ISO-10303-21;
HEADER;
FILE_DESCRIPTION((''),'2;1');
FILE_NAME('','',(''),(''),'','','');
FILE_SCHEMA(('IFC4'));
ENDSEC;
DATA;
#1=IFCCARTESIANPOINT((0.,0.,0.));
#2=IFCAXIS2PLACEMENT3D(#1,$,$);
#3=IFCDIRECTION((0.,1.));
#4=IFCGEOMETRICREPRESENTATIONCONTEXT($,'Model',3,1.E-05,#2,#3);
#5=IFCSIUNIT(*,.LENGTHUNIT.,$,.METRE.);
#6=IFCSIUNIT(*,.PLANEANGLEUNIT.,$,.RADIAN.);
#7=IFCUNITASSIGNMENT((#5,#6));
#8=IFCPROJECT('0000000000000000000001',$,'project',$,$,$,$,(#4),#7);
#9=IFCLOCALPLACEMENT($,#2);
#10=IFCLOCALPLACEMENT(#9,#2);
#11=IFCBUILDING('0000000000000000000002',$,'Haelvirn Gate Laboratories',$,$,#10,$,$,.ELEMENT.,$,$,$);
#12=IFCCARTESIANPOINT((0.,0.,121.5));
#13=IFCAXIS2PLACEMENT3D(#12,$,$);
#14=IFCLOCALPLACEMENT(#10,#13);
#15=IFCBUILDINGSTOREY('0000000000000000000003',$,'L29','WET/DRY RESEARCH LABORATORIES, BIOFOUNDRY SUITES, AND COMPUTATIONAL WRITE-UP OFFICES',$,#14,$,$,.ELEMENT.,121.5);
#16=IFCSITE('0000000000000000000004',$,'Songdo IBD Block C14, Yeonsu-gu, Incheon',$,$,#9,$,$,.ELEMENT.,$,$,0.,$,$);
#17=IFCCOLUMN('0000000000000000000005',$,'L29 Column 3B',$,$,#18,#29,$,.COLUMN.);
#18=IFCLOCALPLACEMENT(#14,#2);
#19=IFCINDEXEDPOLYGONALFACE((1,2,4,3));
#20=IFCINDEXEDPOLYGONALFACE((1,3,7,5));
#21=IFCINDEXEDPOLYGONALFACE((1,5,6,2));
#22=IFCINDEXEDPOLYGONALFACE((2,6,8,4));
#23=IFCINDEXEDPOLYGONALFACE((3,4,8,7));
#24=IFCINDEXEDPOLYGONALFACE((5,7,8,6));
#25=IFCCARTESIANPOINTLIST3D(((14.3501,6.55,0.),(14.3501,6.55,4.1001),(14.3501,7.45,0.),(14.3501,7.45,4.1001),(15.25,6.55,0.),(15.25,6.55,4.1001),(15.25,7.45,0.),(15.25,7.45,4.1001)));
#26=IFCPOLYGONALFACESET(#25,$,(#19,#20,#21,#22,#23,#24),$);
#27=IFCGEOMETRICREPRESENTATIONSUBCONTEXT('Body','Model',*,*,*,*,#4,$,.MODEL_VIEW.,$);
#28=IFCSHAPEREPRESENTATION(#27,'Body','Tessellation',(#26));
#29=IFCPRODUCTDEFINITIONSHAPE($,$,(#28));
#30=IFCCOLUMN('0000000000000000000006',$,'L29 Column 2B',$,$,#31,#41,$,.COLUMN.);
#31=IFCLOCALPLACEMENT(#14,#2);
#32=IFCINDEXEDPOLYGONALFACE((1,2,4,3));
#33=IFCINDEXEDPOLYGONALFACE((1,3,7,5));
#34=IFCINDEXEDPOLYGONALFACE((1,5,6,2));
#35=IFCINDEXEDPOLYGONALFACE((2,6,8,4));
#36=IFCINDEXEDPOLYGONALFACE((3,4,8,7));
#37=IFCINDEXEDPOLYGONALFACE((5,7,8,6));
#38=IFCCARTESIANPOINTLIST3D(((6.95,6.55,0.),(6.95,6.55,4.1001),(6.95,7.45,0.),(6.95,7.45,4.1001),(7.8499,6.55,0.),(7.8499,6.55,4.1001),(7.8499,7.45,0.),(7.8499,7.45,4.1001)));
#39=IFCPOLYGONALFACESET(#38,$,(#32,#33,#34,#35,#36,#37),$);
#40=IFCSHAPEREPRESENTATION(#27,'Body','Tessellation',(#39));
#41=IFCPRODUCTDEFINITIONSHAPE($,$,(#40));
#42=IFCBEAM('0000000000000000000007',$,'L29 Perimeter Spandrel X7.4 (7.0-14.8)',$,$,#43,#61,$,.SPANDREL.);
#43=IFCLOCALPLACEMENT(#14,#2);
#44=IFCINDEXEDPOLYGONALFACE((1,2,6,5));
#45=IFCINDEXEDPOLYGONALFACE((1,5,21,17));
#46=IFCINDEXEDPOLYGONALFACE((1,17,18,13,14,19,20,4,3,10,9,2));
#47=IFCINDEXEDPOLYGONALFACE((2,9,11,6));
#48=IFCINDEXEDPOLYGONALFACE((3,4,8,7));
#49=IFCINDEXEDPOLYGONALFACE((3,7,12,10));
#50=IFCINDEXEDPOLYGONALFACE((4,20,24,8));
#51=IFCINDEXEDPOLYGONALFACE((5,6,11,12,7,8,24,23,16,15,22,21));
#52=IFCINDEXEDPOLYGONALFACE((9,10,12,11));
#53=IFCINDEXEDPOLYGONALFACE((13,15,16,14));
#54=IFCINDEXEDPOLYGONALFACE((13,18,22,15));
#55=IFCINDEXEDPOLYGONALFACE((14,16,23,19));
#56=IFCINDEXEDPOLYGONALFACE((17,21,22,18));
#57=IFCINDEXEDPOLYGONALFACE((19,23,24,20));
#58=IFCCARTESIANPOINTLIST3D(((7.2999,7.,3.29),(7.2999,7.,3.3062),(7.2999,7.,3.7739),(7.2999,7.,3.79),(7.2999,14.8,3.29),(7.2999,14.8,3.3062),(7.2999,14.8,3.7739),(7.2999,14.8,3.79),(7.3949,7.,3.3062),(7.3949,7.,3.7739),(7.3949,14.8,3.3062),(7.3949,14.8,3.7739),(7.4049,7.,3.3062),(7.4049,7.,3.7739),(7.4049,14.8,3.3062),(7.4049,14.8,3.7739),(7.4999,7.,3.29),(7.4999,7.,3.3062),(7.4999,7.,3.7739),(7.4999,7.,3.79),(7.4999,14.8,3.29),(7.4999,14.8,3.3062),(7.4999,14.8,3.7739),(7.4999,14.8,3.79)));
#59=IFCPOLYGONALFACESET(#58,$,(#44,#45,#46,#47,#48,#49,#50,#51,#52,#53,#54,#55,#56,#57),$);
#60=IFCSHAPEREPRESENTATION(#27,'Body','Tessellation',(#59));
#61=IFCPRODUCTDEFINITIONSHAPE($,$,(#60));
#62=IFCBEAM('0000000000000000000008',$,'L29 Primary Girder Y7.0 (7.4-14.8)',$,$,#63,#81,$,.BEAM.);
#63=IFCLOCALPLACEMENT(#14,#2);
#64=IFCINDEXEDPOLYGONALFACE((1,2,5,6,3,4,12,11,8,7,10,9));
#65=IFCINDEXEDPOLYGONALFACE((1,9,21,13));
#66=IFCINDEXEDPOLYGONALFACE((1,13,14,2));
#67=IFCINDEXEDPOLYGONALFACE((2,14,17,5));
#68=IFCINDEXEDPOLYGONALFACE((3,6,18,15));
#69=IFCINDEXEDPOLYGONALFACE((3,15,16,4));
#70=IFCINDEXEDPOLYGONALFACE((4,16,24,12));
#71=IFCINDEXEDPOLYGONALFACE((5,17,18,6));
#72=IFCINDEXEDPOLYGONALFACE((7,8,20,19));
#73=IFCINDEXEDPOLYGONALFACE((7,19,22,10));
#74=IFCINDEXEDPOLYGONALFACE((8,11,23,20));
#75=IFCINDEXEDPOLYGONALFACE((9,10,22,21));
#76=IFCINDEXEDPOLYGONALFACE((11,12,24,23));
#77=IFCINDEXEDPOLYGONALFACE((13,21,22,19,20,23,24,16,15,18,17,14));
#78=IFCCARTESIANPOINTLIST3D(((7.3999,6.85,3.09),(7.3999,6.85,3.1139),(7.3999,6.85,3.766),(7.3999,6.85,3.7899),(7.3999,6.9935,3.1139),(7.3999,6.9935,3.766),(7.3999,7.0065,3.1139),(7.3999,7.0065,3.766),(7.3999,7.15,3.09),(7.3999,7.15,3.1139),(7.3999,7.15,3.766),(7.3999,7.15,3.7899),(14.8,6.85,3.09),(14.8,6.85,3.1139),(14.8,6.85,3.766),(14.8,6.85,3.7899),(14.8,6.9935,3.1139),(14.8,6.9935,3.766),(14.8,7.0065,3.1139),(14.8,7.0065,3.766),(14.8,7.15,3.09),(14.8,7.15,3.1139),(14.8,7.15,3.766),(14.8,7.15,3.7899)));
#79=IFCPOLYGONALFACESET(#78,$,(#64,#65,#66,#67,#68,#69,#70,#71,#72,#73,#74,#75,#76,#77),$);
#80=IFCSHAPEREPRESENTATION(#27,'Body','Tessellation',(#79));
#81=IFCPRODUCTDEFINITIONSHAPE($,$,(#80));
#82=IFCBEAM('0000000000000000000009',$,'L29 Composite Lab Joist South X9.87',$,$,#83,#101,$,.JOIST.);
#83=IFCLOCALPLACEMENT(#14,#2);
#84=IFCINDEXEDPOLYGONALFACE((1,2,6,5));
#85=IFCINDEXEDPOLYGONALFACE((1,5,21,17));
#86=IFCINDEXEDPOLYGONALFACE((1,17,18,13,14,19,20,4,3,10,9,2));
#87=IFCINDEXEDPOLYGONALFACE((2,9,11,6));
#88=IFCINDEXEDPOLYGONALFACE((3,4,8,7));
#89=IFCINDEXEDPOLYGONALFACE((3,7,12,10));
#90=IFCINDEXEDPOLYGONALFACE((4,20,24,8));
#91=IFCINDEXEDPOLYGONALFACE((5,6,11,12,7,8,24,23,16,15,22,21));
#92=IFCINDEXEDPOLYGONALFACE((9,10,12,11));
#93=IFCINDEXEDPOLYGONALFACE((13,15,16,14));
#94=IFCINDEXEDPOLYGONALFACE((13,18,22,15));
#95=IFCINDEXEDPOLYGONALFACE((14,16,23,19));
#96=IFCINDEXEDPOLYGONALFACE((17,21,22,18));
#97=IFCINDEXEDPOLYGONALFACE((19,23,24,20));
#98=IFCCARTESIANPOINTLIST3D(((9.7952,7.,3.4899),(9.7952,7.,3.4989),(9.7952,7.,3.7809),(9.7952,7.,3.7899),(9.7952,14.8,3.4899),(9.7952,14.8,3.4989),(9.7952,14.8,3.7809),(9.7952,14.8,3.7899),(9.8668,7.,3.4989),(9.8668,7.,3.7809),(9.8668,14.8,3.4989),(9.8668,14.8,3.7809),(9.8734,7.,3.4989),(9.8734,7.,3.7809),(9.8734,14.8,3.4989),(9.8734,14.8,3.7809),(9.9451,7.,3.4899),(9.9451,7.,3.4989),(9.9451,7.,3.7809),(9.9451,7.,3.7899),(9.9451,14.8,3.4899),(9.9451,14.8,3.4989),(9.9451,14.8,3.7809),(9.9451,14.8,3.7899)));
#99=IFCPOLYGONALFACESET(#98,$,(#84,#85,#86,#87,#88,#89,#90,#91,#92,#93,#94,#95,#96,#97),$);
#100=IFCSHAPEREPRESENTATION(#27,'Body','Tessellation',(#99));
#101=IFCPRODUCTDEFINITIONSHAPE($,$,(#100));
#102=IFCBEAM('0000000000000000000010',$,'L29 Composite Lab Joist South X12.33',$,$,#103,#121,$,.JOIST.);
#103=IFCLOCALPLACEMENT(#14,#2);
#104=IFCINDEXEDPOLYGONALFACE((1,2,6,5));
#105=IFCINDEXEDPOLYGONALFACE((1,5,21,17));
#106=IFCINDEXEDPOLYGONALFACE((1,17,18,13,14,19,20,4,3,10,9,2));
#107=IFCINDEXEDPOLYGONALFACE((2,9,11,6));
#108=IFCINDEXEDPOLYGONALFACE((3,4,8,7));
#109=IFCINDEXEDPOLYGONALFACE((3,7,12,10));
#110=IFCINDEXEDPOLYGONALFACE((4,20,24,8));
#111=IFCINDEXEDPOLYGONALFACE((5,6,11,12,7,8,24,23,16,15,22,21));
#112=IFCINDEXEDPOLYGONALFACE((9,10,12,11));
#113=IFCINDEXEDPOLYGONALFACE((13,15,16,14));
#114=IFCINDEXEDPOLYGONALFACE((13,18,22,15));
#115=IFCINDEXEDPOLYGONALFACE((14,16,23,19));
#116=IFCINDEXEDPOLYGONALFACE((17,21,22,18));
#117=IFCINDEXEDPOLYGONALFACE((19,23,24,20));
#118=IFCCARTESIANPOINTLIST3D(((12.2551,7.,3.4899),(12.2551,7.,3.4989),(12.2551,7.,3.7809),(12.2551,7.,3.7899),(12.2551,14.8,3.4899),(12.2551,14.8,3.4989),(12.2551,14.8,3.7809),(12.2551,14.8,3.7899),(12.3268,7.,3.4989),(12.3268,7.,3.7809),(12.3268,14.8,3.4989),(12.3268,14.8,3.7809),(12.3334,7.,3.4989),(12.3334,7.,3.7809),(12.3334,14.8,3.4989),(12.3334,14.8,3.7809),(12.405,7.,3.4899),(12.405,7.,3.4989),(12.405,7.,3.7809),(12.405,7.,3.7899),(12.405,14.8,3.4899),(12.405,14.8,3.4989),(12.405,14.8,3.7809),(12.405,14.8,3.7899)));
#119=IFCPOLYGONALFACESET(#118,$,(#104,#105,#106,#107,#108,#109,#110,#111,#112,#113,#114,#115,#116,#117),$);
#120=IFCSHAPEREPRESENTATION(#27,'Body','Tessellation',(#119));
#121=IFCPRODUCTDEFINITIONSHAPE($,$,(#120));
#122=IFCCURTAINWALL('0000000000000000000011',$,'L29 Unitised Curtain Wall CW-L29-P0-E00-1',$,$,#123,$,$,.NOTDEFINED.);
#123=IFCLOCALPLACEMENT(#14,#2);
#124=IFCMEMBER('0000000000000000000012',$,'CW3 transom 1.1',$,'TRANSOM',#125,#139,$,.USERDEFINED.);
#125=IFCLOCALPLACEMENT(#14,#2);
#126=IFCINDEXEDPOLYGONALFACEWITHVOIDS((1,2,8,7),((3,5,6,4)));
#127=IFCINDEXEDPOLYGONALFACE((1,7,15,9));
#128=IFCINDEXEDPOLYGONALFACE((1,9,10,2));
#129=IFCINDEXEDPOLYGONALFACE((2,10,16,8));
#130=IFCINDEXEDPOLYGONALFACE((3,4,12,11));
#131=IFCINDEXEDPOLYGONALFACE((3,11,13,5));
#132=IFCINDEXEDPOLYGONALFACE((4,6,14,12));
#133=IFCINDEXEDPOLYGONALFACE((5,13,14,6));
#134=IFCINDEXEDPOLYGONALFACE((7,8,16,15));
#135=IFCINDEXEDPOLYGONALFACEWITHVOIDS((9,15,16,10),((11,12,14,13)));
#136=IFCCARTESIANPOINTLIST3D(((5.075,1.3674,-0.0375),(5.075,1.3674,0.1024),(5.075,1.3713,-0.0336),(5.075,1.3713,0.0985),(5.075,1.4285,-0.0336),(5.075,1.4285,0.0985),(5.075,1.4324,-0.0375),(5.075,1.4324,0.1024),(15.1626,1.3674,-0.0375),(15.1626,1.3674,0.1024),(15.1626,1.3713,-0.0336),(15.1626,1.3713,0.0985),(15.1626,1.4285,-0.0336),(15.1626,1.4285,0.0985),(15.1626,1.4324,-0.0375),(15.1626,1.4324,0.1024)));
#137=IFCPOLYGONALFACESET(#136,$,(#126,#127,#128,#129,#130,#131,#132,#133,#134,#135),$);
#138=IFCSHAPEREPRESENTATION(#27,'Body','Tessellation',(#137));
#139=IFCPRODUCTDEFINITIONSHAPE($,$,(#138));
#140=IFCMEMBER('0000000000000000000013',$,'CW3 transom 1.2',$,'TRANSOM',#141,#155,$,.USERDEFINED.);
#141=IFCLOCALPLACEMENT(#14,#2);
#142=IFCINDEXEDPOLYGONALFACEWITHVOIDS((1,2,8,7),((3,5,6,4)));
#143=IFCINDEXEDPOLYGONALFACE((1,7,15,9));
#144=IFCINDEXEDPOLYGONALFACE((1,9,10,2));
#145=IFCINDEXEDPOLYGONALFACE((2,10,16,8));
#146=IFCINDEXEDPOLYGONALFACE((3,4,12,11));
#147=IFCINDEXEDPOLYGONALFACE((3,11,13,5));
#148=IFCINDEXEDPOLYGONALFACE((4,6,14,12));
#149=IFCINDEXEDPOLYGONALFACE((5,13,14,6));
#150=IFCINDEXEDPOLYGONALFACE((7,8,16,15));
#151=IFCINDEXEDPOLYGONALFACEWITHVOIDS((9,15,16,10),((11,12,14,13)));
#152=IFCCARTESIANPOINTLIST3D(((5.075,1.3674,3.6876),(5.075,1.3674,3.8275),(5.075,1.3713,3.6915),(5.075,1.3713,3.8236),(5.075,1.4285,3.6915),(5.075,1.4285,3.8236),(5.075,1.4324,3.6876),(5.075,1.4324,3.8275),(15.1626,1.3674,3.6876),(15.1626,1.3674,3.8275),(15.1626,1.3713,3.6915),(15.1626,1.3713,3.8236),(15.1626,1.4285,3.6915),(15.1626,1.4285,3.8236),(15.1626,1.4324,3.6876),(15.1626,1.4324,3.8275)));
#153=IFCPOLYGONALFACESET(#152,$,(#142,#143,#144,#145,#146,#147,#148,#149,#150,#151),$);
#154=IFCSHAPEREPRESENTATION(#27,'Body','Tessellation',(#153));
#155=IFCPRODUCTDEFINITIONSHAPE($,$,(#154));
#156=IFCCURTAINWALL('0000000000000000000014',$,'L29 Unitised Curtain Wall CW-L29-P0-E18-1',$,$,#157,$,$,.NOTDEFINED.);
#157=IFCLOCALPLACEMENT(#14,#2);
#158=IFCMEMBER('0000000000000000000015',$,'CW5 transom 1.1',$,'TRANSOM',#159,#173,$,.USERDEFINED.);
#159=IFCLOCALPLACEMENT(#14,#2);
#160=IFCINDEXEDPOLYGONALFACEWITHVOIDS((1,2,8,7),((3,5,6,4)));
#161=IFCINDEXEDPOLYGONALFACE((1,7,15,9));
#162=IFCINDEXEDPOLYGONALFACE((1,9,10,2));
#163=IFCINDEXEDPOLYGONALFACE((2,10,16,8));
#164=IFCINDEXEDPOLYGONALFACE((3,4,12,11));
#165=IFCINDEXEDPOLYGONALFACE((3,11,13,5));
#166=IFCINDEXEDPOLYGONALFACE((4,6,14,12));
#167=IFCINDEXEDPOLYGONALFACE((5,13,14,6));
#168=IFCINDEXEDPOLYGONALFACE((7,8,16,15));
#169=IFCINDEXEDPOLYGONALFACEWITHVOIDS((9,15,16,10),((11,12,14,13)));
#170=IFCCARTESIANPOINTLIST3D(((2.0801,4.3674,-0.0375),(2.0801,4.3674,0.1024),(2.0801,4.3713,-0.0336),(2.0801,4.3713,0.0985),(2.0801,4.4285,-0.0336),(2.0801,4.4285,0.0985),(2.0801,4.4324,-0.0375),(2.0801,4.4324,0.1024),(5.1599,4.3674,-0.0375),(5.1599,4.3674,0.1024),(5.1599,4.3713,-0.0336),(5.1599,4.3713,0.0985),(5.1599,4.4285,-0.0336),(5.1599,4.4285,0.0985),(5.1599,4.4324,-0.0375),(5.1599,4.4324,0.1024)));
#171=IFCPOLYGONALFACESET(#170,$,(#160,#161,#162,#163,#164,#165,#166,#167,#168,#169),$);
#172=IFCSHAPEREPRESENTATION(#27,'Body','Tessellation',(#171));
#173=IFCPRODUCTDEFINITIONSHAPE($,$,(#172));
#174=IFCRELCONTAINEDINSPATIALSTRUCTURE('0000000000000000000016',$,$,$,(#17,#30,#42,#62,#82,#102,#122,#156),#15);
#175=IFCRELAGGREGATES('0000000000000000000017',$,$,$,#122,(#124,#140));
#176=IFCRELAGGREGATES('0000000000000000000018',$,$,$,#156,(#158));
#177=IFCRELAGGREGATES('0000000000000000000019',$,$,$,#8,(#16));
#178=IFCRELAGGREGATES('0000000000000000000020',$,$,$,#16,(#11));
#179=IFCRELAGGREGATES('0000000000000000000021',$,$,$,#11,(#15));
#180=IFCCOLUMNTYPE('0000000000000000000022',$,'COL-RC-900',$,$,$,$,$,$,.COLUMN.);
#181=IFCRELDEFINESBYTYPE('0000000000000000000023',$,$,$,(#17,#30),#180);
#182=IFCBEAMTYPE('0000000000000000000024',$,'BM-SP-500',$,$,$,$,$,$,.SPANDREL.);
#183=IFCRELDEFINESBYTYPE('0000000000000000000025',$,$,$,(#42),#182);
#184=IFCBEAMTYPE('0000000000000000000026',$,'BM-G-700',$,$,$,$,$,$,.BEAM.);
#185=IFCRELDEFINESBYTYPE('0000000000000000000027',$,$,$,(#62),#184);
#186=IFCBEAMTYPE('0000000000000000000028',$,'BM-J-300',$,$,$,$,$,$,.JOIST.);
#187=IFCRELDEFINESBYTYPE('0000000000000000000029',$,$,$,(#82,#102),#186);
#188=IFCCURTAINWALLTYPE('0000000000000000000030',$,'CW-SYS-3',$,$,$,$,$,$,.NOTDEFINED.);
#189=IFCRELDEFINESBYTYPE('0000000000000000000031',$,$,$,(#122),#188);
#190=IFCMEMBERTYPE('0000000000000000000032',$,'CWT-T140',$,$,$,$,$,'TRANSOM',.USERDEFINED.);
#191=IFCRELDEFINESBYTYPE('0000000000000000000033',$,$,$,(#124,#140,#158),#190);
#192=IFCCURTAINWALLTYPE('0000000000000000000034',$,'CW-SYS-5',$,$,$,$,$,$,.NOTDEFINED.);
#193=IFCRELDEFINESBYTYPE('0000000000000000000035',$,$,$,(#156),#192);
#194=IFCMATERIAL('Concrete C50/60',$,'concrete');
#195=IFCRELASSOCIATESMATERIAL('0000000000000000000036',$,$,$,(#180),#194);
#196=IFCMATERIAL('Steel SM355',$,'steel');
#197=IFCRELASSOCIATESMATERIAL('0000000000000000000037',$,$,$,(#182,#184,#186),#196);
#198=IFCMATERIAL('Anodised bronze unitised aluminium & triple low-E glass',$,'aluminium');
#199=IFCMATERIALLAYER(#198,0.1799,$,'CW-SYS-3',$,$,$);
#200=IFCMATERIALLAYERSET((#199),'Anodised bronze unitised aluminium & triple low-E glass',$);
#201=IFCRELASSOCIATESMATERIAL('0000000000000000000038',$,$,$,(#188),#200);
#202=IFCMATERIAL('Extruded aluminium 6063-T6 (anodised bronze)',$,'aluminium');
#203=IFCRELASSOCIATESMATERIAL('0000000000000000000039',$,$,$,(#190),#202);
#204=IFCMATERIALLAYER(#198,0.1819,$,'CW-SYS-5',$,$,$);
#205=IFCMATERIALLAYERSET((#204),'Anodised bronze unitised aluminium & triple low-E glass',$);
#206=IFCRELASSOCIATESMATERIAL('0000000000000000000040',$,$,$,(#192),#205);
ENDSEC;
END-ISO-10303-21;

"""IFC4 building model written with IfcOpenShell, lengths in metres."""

from ifc_helpers import new_model, si_unit, direction, frame, origin, origin_2d, place, context, subcontext, project, spatial, rectangle, hollow_rectangle, i_section, extrude, source, transform, mapped, material, layer, layer_set, material_profile, profile_set, type_object, type_shapes, element, aggregate, save


model = new_model("IFC4")

# Units and contexts
model_context = context("Model", 3, precision=1e-05, world=origin(), true_north=direction((0.0, 1.0)))
body_context = subcontext(model_context, "Body", "Model", "MODEL_VIEW")
ifc_project = project(units=[si_unit("LENGTHUNIT", "METRE"), si_unit("PLANEANGLEUNIT", "RADIAN")], contexts=[model_context])

# Site, building, storey
site_placement = place(None, origin())
site = spatial("IfcSite", under=ifc_project, at=site_placement, Name="Songdo IBD Block C14, Yeonsu-gu, Incheon", CompositionType="ELEMENT", RefElevation=0.0)
building_placement = place(site_placement, origin())
building = spatial("IfcBuilding", under=site, at=building_placement, Name="Haelvirn Gate Laboratories", CompositionType="ELEMENT")
storey_placement = place(building_placement, frame((0.0, 0.0, 121.5)))
storey = spatial("IfcBuildingStorey", under=building, at=storey_placement, Name="L29", Description="WET/DRY RESEARCH LABORATORIES, BIOFOUNDRY SUITES, AND COMPUTATIONAL WRITE-UP OFFICES", CompositionType="ELEMENT", Elevation=121.5)

# Columns
ifc_material_1 = material(Name="Concrete C50/60", Category="concrete")
ifc_material_profile_1 = material_profile(ifc_material_1, rectangle(XDim=0.8999, YDim=0.8999, at=origin_2d()), Name="RC-900x900")
ifc_profile_set_1 = profile_set([ifc_material_profile_1], Name="Concrete C50/60")
column_type = type_object("IfcColumnType", Name="COL-RC-900", PredefinedType="COLUMN", material=ifc_profile_set_1)
shared_shape_1 = source(origin(), body_context, "Body", "SweptSolid", [
    extrude(rectangle(XDim=0.8999, YDim=0.8999, at=origin_2d()), origin(), (0.0, 0.0, 1.0), 4.1001),
])
type_shapes(column_type, [shared_shape_1])
for number, where, z_axis, x_axis, name in (
    (1, (14.8, 7.0, 0.0), (0.0, 0.0, 1.0), (1.0, 0.0, 0.0), "L29 Column 3B"),
    (2, (7.3999, 7.0, 0.0), (0.0, 0.0, 1.0), (1.0, 0.0, 0.0), "L29 Column 2B"),
):
    element("IfcColumn", number, at=place(storey_placement, frame(where, z_axis=z_axis, x_axis=x_axis)), inside=storey, type_object=column_type, Name=name, PredefinedType="COLUMN", context=body_context, shape_type="MappedRepresentation", body=[
        mapped(shared_shape_1, transform((0.0, 0.0, 0.0), scale=1.0)),
    ])

# Beams
ifc_material_2 = material(Name="Steel SM355", Category="steel")
ifc_material_profile_2 = material_profile(ifc_material_2, i_section(OverallWidth=0.2, OverallDepth=0.5, WebThickness=0.01, FlangeThickness=0.0161, at=origin_2d()), Name="H-500x200x10x16")
ifc_profile_set_2 = profile_set([ifc_material_profile_2], Name="Steel SM355")
beam_type_1 = type_object("IfcBeamType", Name="BM-SP-500", PredefinedType="SPANDREL", material=ifc_profile_set_2)
shared_shape_2 = source(origin(), body_context, "Body", "SweptSolid", [
    extrude(i_section(OverallWidth=0.2, OverallDepth=0.5, WebThickness=0.01, FlangeThickness=0.0161, at=origin_2d()), origin(), (0.0, 0.0, 1.0), 7.8),
])
type_shapes(beam_type_1, [shared_shape_2])
beam_1_placement = place(storey_placement, frame((7.3999, 7.0, 3.54), z_axis=(0.0, 1.0, 0.0), x_axis=(-1.0, 0.0, 0.0)))
element("IfcBeam", 3, at=beam_1_placement, inside=storey, type_object=beam_type_1, Name="L29 Perimeter Spandrel X7.4 (7.0-14.8)", PredefinedType="SPANDREL", context=body_context, shape_type="MappedRepresentation", body=[
    mapped(shared_shape_2, transform((0.0, 0.0, 0.0), scale=1.0)),
])
ifc_material_profile_3 = material_profile(ifc_material_2, i_section(OverallWidth=0.3, OverallDepth=0.7, WebThickness=0.0129, FlangeThickness=0.0239, at=origin_2d()), Name="H-700x300x13x24")
ifc_profile_set_3 = profile_set([ifc_material_profile_3], Name="Steel SM355")
beam_type_2 = type_object("IfcBeamType", Name="BM-G-700", PredefinedType="BEAM", material=ifc_profile_set_3)
shared_shape_3 = source(origin(), body_context, "Body", "SweptSolid", [
    extrude(i_section(OverallWidth=0.3, OverallDepth=0.7, WebThickness=0.0129, FlangeThickness=0.0239, at=origin_2d()), origin(), (0.0, 0.0, 1.0), 7.4001),
])
type_shapes(beam_type_2, [shared_shape_3])
beam_2_placement = place(storey_placement, frame((7.3999, 7.0, 3.4399), z_axis=(1.0, 0.0, 0.0), x_axis=(0.0, 1.0, 0.0)))
element("IfcBeam", 4, at=beam_2_placement, inside=storey, type_object=beam_type_2, Name="L29 Primary Girder Y7.0 (7.4-14.8)", PredefinedType="BEAM", context=body_context, shape_type="MappedRepresentation", body=[
    mapped(shared_shape_3, transform((0.0, 0.0, 0.0), scale=1.0)),
])
ifc_material_profile_4 = material_profile(ifc_material_2, i_section(OverallWidth=0.1499, OverallDepth=0.3, WebThickness=0.0066, FlangeThickness=0.009, at=origin_2d()), Name="H-300x150x6.5x9")
ifc_profile_set_4 = profile_set([ifc_material_profile_4], Name="Steel SM355")
beam_type_3 = type_object("IfcBeamType", Name="BM-J-300", PredefinedType="JOIST", material=ifc_profile_set_4)
shared_shape_4 = source(origin(), body_context, "Body", "SweptSolid", [
    extrude(i_section(OverallWidth=0.1499, OverallDepth=0.3, WebThickness=0.0066, FlangeThickness=0.009, at=origin_2d()), origin(), (0.0, 0.0, 1.0), 7.8),
])
type_shapes(beam_type_3, [shared_shape_4])
for number, where, z_axis, x_axis, name in (
    (5, (9.8701, 7.0, 3.6399), (0.0, 1.0, 0.0), (-1.0, 0.0, 0.0), "L29 Composite Lab Joist South X9.87"),
    (6, (12.3301, 7.0, 3.6399), (0.0, 1.0, 0.0), (-1.0, 0.0, 0.0), "L29 Composite Lab Joist South X12.33"),
):
    element("IfcBeam", number, at=place(storey_placement, frame(where, z_axis=z_axis, x_axis=x_axis)), inside=storey, type_object=beam_type_3, Name=name, PredefinedType="JOIST", context=body_context, shape_type="MappedRepresentation", body=[
        mapped(shared_shape_4, transform((0.0, 0.0, 0.0), scale=1.0)),
    ])

# Curtain walls, members
ifc_material_3 = material(Name="Anodised bronze unitised aluminium & triple low-E glass", Category="aluminium")
ifc_layer_1 = layer(ifc_material_3, 0.1799, Name="CW-SYS-3")
ifc_layer_set_1 = layer_set([ifc_layer_1], Name="Anodised bronze unitised aluminium & triple low-E glass")
curtain_wall_type_1 = type_object("IfcCurtainWallType", Name="CW-SYS-3", PredefinedType="NOTDEFINED", material=ifc_layer_set_1)
curtain_wall_1_placement = place(storey_placement, origin())
curtain_wall_1 = element("IfcCurtainWall", 7, at=curtain_wall_1_placement, inside=storey, type_object=curtain_wall_type_1, Name="L29 Unitised Curtain Wall CW-L29-P0-E00-1", PredefinedType="NOTDEFINED")
ifc_material_4 = material(Name="Extruded aluminium 6063-T6 (anodised bronze)", Category="aluminium")
ifc_material_profile_5 = material_profile(ifc_material_4, hollow_rectangle(XDim=0.0649, YDim=0.1399, WallThickness=0.0039, at=origin_2d()), Name="CWT-140x65x4")
ifc_profile_set_5 = profile_set([ifc_material_profile_5], Name="Extruded aluminium 6063-T6 (anodised bronze)")
member_type_1 = type_object("IfcMemberType", Name="CWT-T140", ElementType="TRANSOM", PredefinedType="USERDEFINED", material=ifc_profile_set_5)
shared_shape_5 = source(origin(), body_context, "Body", "SweptSolid", [
    extrude(hollow_rectangle(XDim=0.0649, YDim=0.1399, WallThickness=0.0039, at=origin_2d()), origin(), (0.0, 0.0, 1.0), 10.0876),
])
member_1_placement = place(storey_placement, frame((5.075, 1.3999, 0.0325), z_axis=(1.0, 0.0, 0.0), x_axis=(0.0, 1.0, 0.0)))
member_1 = element("IfcMember", 8, at=member_1_placement, type_object=member_type_1, Name="CW3 transom 1.1", ObjectType="TRANSOM", PredefinedType="USERDEFINED", context=body_context, shape_type="MappedRepresentation", body=[
    mapped(shared_shape_5, transform((0.0, 0.0, 0.0), scale=1.0)),
])
member_2_placement = place(storey_placement, frame((5.075, 1.3999, 3.7576), z_axis=(1.0, 0.0, 0.0), x_axis=(0.0, 1.0, 0.0)))
member_2 = element("IfcMember", 9, at=member_2_placement, type_object=member_type_1, Name="CW3 transom 1.2", ObjectType="TRANSOM", PredefinedType="USERDEFINED", context=body_context, shape_type="MappedRepresentation", body=[
    mapped(shared_shape_5, transform((0.0, 0.0, 0.0), scale=1.0)),
])
ifc_layer_2 = layer(ifc_material_3, 0.1819, Name="CW-SYS-5")
ifc_layer_set_2 = layer_set([ifc_layer_2], Name="Anodised bronze unitised aluminium & triple low-E glass")
curtain_wall_type_2 = type_object("IfcCurtainWallType", Name="CW-SYS-5", PredefinedType="NOTDEFINED", material=ifc_layer_set_2)
curtain_wall_2_placement = place(storey_placement, origin())
curtain_wall_2 = element("IfcCurtainWall", 10, at=curtain_wall_2_placement, inside=storey, type_object=curtain_wall_type_2, Name="L29 Unitised Curtain Wall CW-L29-P0-E18-1", PredefinedType="NOTDEFINED")
shared_shape_6 = source(origin(), body_context, "Body", "SweptSolid", [
    extrude(hollow_rectangle(XDim=0.0649, YDim=0.1399, WallThickness=0.0039, at=origin_2d()), origin(), (0.0, 0.0, 1.0), 3.0798),
])
type_shapes(member_type_1, [shared_shape_5, shared_shape_6])
member_3_placement = place(storey_placement, frame((2.0801, 4.3999, 0.0325), z_axis=(1.0, 0.0, 0.0), x_axis=(0.0, 1.0, 0.0)))
member_3 = element("IfcMember", 11, at=member_3_placement, type_object=member_type_1, Name="CW5 transom 1.1", ObjectType="TRANSOM", PredefinedType="USERDEFINED", context=body_context, shape_type="MappedRepresentation", body=[
    mapped(shared_shape_6, transform((0.0, 0.0, 0.0), scale=1.0)),
])

aggregate(curtain_wall_1, [member_1, member_2])
aggregate(curtain_wall_2, [member_3])

save(model, "model.ifc")
